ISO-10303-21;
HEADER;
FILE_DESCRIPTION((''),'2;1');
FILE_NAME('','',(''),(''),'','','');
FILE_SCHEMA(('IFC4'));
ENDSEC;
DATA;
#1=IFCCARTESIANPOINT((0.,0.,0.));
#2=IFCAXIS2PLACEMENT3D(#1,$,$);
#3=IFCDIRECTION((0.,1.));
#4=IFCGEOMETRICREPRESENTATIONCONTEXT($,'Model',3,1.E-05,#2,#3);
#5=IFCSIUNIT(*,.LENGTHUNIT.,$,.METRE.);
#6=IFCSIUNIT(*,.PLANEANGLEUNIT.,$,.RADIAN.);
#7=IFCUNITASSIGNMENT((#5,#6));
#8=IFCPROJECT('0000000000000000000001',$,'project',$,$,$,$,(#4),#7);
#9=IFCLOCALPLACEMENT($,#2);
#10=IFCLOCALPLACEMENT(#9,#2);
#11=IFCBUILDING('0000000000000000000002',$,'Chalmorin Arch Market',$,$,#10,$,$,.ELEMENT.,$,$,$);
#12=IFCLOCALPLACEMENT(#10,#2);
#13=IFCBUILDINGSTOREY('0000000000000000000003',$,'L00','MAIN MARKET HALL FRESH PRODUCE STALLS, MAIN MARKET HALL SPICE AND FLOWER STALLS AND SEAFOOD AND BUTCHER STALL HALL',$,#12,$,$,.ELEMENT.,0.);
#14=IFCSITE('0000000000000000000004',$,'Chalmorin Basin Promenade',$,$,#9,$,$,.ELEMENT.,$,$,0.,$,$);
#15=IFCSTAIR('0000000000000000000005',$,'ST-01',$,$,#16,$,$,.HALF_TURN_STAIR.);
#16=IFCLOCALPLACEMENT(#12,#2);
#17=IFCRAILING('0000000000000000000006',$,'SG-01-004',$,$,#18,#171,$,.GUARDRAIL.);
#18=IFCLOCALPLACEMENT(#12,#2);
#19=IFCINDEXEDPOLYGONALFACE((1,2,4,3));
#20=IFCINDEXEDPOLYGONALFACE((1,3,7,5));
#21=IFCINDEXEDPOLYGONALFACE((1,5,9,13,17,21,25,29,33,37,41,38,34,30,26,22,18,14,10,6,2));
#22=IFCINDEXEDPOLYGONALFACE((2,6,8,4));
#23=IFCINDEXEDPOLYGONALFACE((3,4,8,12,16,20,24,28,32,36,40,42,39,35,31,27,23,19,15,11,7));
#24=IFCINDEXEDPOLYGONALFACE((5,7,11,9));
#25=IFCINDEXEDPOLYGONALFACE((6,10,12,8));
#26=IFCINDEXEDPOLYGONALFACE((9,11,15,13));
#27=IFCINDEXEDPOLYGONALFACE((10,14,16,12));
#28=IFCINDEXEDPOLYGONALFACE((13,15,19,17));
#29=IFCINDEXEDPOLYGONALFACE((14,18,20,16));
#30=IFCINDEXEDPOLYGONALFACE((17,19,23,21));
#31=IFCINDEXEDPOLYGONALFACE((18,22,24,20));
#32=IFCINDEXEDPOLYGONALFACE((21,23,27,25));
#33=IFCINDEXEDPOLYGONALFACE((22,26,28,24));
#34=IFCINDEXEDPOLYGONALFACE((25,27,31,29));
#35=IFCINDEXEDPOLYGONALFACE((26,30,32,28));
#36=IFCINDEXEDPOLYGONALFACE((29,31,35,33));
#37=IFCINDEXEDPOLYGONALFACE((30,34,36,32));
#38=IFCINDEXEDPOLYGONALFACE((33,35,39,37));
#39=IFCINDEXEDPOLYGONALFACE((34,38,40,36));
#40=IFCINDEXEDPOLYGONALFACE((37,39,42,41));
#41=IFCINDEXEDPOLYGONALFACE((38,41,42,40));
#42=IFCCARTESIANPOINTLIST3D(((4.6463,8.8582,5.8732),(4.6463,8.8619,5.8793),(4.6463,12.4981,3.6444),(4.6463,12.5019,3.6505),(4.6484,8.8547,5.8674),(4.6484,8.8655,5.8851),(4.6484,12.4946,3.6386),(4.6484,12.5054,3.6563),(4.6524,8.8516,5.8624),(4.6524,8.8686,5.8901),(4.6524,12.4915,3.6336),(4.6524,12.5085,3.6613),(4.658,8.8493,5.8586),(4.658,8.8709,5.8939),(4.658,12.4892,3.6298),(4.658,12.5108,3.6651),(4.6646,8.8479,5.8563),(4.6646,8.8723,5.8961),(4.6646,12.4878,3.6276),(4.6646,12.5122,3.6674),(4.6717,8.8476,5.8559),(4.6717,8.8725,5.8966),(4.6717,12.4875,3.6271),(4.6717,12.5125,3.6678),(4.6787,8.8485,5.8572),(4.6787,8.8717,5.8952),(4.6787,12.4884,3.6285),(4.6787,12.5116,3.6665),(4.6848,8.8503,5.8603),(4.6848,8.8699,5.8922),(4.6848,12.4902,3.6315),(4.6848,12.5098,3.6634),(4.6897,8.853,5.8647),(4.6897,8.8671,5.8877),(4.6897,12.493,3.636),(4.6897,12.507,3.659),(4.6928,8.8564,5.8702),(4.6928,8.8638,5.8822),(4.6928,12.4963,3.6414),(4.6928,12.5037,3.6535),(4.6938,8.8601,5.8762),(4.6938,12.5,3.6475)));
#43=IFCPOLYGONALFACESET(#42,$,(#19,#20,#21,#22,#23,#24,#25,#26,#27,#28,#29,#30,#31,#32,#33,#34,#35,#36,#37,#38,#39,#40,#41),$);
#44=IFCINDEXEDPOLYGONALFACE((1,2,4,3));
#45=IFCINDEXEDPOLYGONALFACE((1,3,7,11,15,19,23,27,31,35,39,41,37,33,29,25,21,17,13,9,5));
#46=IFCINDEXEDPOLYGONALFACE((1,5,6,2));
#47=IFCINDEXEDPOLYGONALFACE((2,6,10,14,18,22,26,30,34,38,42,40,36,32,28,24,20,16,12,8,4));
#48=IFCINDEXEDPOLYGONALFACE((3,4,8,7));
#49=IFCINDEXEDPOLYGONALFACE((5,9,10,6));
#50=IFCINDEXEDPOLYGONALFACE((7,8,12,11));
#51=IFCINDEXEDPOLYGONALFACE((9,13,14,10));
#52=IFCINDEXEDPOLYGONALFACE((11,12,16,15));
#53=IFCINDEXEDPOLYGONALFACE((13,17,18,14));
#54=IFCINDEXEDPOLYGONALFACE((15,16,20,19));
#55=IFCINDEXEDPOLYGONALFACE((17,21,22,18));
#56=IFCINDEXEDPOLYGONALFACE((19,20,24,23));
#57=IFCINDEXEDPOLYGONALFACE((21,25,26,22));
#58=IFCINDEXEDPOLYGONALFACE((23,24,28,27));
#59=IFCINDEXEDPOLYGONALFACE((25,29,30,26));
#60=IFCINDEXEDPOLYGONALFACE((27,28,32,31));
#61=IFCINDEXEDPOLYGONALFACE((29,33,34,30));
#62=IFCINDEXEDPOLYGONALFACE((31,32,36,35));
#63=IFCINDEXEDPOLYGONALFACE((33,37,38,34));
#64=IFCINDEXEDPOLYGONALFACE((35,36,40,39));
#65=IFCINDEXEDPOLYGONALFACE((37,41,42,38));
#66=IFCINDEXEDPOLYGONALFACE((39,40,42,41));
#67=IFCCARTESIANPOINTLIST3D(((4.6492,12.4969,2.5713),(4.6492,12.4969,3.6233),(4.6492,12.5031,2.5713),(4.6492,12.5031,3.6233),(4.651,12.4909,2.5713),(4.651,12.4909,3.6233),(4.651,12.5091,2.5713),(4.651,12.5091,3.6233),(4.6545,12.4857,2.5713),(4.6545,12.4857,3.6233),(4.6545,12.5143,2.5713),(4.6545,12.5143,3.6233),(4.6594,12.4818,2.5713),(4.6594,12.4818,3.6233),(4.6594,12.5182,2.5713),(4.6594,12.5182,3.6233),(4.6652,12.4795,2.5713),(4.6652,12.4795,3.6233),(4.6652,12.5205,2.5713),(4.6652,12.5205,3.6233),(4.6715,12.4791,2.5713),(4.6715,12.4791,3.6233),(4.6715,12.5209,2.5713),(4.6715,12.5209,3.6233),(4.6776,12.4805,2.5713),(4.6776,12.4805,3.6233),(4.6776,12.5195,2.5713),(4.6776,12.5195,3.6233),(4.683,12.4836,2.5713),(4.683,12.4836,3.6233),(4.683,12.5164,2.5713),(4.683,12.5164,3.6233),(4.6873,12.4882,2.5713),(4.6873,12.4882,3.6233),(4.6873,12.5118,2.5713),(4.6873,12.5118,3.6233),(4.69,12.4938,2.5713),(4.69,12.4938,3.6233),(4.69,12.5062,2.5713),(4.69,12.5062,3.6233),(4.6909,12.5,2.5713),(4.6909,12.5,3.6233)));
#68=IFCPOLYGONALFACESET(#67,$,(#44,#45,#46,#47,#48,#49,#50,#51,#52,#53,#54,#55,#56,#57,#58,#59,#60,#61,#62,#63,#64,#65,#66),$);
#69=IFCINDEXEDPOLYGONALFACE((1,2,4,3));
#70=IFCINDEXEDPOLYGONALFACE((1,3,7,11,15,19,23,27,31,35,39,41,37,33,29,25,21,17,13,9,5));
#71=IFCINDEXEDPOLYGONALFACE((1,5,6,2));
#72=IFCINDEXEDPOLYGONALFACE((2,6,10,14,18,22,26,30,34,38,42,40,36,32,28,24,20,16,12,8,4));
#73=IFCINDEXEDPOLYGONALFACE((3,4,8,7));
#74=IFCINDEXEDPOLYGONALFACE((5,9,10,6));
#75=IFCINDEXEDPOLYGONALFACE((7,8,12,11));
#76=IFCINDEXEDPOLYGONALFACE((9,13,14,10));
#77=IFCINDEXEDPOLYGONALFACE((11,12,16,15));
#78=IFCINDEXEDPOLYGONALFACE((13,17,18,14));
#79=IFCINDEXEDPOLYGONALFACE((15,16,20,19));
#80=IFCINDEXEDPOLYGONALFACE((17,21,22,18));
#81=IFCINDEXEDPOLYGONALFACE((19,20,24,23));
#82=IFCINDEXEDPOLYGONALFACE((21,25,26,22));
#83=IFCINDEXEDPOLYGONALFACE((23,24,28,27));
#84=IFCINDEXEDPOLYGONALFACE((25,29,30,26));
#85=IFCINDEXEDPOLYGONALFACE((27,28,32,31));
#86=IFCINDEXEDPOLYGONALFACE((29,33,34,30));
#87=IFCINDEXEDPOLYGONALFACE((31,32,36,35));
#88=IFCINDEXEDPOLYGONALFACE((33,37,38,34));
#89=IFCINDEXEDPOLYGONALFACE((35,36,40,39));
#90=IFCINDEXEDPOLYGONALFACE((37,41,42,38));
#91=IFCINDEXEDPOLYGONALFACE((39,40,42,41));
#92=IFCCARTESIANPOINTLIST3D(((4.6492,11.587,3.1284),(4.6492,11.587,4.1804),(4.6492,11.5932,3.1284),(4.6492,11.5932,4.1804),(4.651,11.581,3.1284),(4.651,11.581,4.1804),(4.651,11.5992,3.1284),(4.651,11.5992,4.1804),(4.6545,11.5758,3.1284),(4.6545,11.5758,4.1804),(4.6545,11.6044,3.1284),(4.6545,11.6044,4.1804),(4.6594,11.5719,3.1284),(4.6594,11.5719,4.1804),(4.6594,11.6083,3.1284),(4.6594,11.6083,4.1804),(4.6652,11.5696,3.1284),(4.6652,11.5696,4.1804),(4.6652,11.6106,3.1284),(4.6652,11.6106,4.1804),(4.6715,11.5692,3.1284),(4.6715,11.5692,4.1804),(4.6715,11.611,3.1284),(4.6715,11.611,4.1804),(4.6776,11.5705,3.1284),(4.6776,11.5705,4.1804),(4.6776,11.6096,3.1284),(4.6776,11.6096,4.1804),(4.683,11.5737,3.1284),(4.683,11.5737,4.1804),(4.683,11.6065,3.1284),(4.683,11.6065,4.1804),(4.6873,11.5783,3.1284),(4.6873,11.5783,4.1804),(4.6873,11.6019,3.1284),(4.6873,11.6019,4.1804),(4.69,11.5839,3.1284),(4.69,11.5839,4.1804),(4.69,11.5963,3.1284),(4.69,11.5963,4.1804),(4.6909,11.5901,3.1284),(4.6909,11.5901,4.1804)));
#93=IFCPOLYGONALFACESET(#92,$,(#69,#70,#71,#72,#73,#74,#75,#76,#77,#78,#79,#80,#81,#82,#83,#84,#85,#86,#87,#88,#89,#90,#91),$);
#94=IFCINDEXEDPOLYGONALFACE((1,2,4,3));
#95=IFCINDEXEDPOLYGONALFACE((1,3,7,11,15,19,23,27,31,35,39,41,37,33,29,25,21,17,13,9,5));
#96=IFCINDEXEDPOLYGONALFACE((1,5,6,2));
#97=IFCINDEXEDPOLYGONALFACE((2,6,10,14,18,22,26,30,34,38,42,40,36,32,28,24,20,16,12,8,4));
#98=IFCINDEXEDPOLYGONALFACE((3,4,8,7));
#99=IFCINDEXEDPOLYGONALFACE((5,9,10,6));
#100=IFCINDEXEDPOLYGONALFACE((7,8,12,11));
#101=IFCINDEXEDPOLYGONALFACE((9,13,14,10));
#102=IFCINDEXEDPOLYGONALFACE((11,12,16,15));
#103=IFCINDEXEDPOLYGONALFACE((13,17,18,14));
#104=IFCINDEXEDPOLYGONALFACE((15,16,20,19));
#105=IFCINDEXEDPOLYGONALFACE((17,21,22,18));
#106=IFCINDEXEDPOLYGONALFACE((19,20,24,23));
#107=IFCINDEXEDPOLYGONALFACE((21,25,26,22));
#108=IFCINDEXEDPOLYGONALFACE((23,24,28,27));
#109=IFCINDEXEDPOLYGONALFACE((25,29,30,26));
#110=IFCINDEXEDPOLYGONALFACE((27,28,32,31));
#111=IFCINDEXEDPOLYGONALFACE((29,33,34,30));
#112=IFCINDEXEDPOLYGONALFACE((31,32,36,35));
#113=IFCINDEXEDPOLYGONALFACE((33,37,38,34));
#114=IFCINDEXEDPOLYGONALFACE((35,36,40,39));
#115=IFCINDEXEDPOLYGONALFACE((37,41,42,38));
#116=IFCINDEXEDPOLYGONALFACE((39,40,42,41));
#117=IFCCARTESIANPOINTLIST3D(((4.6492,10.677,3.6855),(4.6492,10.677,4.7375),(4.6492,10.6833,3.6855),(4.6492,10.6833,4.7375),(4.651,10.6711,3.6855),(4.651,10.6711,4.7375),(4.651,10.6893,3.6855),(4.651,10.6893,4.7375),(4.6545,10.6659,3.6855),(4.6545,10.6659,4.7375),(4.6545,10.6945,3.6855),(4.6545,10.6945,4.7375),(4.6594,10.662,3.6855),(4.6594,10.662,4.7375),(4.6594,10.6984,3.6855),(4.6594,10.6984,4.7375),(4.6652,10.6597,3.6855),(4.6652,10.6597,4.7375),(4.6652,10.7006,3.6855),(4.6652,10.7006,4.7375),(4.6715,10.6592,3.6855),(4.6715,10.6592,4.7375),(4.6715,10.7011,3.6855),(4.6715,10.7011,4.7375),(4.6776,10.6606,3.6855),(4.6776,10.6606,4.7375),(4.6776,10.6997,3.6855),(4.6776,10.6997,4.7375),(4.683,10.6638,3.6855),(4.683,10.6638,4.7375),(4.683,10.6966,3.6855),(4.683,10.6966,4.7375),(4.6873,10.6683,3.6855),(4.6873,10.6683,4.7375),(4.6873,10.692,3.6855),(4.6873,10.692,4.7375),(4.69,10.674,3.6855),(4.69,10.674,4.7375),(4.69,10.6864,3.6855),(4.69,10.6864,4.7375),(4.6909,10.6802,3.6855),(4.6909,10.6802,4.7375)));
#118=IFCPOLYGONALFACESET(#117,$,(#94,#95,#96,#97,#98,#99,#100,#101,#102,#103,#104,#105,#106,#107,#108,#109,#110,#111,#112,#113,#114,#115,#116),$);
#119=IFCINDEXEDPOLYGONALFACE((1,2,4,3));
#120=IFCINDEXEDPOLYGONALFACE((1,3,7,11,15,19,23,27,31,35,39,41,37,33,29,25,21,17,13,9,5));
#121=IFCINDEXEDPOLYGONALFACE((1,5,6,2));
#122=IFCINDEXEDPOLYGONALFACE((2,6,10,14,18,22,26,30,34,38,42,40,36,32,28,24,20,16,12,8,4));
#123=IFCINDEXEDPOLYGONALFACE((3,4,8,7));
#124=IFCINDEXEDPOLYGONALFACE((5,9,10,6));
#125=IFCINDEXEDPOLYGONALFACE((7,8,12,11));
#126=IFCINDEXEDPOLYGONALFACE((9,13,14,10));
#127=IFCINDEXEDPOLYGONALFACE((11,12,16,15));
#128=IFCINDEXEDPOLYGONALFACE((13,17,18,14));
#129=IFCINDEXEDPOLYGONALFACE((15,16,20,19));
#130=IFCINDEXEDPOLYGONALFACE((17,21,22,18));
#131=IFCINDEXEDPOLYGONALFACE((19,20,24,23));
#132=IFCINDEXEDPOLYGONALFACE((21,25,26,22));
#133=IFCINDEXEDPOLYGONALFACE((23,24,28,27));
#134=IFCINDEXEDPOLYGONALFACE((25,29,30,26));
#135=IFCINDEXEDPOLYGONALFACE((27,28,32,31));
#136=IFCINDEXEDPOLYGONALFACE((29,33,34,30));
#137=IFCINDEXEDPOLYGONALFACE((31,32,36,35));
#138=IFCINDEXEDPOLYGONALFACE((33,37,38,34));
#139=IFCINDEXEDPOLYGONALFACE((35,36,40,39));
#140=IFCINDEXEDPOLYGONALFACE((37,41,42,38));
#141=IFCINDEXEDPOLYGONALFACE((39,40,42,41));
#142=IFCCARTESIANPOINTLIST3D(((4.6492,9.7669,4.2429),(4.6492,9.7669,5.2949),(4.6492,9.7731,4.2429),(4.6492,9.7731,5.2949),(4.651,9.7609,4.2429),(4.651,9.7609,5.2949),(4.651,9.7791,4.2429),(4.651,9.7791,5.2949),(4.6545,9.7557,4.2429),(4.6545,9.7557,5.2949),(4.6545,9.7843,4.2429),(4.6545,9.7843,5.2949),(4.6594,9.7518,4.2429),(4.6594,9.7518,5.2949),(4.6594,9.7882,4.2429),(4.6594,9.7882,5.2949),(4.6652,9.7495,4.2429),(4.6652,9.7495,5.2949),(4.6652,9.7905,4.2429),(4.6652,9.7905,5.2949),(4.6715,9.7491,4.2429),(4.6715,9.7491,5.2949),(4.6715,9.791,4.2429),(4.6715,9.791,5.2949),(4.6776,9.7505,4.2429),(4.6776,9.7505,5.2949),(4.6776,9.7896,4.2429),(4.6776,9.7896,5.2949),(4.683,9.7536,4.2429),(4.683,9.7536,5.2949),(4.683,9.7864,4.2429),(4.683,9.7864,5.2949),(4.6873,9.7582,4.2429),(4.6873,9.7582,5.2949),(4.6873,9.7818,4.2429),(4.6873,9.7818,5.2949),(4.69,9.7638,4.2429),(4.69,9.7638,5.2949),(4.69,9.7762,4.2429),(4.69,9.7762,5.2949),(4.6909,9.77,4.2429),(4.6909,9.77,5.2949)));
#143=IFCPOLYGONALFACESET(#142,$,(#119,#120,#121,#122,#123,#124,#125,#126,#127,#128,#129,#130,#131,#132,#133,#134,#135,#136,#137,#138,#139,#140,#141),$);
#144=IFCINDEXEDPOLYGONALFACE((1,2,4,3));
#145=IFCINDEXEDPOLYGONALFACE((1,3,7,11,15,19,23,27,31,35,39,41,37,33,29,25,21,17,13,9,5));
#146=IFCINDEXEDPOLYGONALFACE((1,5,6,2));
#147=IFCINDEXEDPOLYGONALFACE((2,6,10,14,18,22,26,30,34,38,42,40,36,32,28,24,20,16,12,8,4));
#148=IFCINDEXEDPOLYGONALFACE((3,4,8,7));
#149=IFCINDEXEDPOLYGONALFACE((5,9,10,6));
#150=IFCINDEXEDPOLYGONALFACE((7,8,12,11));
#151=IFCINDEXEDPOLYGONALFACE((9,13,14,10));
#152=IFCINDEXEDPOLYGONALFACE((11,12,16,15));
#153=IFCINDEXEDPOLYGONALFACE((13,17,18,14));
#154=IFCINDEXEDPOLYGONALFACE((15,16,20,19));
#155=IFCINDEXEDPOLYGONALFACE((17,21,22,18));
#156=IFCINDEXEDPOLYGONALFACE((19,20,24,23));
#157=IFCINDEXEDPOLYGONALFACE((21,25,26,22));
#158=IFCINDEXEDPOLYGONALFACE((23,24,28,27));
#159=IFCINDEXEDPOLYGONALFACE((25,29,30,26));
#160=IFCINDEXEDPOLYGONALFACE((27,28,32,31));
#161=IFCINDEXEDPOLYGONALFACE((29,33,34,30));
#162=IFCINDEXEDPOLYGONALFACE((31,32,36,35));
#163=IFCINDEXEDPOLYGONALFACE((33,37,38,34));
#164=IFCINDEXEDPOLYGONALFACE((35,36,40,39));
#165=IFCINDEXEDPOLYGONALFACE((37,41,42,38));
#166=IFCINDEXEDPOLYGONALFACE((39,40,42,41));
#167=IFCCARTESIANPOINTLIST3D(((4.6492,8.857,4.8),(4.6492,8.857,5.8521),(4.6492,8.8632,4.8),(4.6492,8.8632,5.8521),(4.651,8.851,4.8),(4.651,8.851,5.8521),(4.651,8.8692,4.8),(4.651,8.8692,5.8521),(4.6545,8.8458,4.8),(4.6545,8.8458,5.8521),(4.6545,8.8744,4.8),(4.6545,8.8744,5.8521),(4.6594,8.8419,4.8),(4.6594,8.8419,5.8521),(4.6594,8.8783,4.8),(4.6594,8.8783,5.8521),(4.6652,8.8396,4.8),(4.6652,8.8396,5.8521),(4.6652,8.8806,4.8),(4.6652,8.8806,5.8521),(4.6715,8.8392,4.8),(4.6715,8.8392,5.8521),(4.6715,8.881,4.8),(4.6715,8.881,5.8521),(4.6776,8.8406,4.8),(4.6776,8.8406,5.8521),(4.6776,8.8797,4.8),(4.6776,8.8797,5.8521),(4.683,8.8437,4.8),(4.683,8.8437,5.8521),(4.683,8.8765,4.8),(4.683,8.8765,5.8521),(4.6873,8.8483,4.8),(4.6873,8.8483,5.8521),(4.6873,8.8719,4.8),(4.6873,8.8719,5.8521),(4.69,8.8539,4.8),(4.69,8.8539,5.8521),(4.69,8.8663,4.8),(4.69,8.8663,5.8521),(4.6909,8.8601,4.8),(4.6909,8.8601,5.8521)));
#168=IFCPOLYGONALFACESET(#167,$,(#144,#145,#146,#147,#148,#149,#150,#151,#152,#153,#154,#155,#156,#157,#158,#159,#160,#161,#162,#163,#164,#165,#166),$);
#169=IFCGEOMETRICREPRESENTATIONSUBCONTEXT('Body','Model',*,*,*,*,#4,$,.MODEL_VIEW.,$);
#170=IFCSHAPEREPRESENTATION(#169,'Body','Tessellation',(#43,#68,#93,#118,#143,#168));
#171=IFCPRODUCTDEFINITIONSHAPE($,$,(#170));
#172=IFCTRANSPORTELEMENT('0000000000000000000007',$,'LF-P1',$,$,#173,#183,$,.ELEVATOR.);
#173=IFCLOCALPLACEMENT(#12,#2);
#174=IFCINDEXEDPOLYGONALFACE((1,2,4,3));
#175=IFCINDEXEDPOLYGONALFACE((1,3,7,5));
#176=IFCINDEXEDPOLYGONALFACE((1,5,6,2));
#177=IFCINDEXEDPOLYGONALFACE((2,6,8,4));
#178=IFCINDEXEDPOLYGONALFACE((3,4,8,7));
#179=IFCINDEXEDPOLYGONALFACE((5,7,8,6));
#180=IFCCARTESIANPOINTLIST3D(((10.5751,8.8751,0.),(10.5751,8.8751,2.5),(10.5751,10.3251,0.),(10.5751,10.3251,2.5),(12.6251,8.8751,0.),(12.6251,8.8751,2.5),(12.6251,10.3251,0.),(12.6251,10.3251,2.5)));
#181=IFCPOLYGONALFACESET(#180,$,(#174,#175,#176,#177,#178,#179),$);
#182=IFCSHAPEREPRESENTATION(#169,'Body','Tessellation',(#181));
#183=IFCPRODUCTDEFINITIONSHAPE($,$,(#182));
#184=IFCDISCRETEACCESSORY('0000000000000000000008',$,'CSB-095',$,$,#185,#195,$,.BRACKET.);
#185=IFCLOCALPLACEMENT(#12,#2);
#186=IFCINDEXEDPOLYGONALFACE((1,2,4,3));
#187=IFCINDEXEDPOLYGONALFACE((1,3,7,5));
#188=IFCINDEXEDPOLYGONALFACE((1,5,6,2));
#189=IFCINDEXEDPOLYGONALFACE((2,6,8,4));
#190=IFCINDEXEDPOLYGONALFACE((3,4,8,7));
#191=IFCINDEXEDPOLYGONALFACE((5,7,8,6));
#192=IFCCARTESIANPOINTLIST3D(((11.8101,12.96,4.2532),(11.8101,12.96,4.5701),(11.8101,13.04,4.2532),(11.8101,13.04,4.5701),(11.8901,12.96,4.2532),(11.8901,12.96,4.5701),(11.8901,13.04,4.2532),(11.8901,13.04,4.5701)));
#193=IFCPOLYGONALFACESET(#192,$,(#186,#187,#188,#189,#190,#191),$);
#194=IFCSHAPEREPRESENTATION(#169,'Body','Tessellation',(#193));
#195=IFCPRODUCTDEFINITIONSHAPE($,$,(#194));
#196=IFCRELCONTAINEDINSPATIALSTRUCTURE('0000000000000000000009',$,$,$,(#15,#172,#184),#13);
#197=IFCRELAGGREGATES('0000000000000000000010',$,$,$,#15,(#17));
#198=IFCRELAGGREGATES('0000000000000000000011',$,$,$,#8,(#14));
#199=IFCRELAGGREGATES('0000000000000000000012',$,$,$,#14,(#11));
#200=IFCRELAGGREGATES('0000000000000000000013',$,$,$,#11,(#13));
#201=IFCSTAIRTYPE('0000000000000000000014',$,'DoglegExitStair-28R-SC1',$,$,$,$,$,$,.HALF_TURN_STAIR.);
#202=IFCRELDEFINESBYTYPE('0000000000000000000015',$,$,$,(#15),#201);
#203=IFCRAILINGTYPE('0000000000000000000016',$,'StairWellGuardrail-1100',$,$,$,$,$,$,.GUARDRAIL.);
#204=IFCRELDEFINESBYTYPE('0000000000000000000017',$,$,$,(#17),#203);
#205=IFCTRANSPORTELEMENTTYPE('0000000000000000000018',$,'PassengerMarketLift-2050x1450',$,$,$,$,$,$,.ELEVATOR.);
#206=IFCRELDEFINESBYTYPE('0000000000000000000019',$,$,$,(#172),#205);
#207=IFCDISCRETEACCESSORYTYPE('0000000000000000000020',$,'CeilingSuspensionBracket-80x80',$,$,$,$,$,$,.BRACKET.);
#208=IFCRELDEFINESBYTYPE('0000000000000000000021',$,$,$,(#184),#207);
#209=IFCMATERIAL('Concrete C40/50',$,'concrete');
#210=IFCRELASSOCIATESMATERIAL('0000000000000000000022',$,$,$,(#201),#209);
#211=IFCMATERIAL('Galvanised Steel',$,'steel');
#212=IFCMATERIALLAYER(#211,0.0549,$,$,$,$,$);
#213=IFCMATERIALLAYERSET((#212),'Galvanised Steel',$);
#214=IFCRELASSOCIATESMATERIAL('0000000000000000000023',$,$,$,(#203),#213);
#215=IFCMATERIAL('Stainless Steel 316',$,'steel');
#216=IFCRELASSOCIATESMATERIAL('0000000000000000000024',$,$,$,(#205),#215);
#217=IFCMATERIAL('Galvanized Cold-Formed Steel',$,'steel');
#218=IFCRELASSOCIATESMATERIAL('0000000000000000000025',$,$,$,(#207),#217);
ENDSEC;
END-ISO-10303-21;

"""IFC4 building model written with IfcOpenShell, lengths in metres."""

from ifc_helpers import new_model, si_unit, direction, frame, origin, origin_2d, place, context, subcontext, project, spatial, rectangle, circle, extrude, material, layer, layer_set, type_object, element, aggregate, save


model = new_model("IFC4")

# Units and contexts
model_context = context("Model", 3, precision=1e-05, world=origin(), true_north=direction((0.0, 1.0)))
body_context = subcontext(model_context, "Body", "Model", "MODEL_VIEW")
ifc_project = project(units=[si_unit("LENGTHUNIT", "METRE"), si_unit("PLANEANGLEUNIT", "RADIAN")], contexts=[model_context])

# Site, building, storey
site_placement = place(None, origin())
site = spatial("IfcSite", under=ifc_project, at=site_placement, Name="Chalmorin Basin Promenade", CompositionType="ELEMENT", RefElevation=0.0)
building_placement = place(site_placement, origin())
building = spatial("IfcBuilding", under=site, at=building_placement, Name="Chalmorin Arch Market", CompositionType="ELEMENT")
storey_placement = place(building_placement, origin())
storey = spatial("IfcBuildingStorey", under=building, at=storey_placement, Name="L00", Description="MAIN MARKET HALL FRESH PRODUCE STALLS, MAIN MARKET HALL SPICE AND FLOWER STALLS AND SEAFOOD AND BUTCHER STALL HALL", CompositionType="ELEMENT", Elevation=0.0)

# Shared definitions
ifc_material_1 = material(Name="Concrete C40/50", Category="concrete")

# Shared definitions
ifc_material_2 = material(Name="Galvanised Steel", Category="steel")
ifc_material_3 = material(Name="Stainless Steel 316", Category="steel")

# Stair, railing
stair_type = type_object("IfcStairType", Name="DoglegExitStair-28R-SC1", PredefinedType="HALF_TURN_STAIR", material=ifc_material_1)
stair_placement = place(storey_placement, origin())
stair = element("IfcStair", 1, at=stair_placement, inside=storey, type_object=stair_type, Name="ST-01", PredefinedType="HALF_TURN_STAIR")
ifc_layer_1 = layer(ifc_material_2, 0.0549)
ifc_layer_set_1 = layer_set([ifc_layer_1], Name="Galvanised Steel")
railing_type_1 = type_object("IfcRailingType", Name="StairWellGuardrail-1100", PredefinedType="GUARDRAIL", material=ifc_layer_set_1)
railing_1_placement = place(storey_placement, frame((4.6699, 12.5, 2.5713)))
railing_1 = element("IfcRailing", 2, at=railing_1_placement, type_object=railing_type_1, Name="SG-01-004", PredefinedType="GUARDRAIL", context=body_context, shape_type="SweptSolid", body=[
    extrude(circle(Radius=0.0239, at=origin_2d()), frame((0.0, 0.0, 1.0762), z_axis=(0.0, -0.852825, 0.522197), x_axis=(1.0, 0.0, 0.0)), (0.0, 0.0, 1.0), 4.2681),
    extrude(circle(Radius=0.021, at=origin_2d()), origin(), (0.0, 0.0, 1.0), 1.052),
    extrude(circle(Radius=0.021, at=origin_2d()), frame((0.0, -0.9099, 0.5571)), (0.0, 0.0, 1.0), 1.052),
    extrude(circle(Radius=0.021, at=origin_2d()), frame((0.0, -1.8198, 1.1143)), (0.0, 0.0, 1.0), 1.052),
    extrude(circle(Radius=0.021, at=origin_2d()), frame((0.0, -2.73, 1.6716)), (0.0, 0.0, 1.0), 1.052),
    extrude(circle(Radius=0.021, at=origin_2d()), frame((0.0, -3.6399, 2.2288)), (0.0, 0.0, 1.0), 1.052),
])
aggregate(stair, [railing_1])

# Transport element
transport_element_type = type_object("IfcTransportElementType", Name="PassengerMarketLift-2050x1450", PredefinedType="ELEVATOR", material=ifc_material_3)
transport_element_placement = place(storey_placement, frame((11.6001, 9.6001, 0.0), z_axis=(0.0, 0.0, 1.0), x_axis=(1.0, 0.0, 0.0)))
element("IfcTransportElement", 3, at=transport_element_placement, inside=storey, type_object=transport_element_type, Name="LF-P1", PredefinedType="ELEVATOR", context=body_context, shape_type="SweptSolid", body=[
    extrude(rectangle(XDim=2.05, YDim=1.45, at=origin_2d()), origin(), (0.0, 0.0, 1.0), 2.5),
])

# Discrete accessory
ifc_material_4 = material(Name="Galvanized Cold-Formed Steel", Category="steel")
discrete_accessory_type = type_object("IfcDiscreteAccessoryType", Name="CeilingSuspensionBracket-80x80", PredefinedType="BRACKET", material=ifc_material_4)
discrete_accessory_placement = place(storey_placement, frame((11.8501, 13.0, 4.2532), z_axis=(0.0, 0.0, 1.0), x_axis=(1.0, 0.0, 0.0)))
element("IfcDiscreteAccessory", 4, at=discrete_accessory_placement, inside=storey, type_object=discrete_accessory_type, Name="CSB-095", PredefinedType="BRACKET", context=body_context, shape_type="SweptSolid", body=[
    extrude(rectangle(XDim=0.0801, YDim=0.0801, at=origin_2d()), origin(), (0.0, 0.0, 1.0), 0.3169),
])

save(model, "model.ifc")
